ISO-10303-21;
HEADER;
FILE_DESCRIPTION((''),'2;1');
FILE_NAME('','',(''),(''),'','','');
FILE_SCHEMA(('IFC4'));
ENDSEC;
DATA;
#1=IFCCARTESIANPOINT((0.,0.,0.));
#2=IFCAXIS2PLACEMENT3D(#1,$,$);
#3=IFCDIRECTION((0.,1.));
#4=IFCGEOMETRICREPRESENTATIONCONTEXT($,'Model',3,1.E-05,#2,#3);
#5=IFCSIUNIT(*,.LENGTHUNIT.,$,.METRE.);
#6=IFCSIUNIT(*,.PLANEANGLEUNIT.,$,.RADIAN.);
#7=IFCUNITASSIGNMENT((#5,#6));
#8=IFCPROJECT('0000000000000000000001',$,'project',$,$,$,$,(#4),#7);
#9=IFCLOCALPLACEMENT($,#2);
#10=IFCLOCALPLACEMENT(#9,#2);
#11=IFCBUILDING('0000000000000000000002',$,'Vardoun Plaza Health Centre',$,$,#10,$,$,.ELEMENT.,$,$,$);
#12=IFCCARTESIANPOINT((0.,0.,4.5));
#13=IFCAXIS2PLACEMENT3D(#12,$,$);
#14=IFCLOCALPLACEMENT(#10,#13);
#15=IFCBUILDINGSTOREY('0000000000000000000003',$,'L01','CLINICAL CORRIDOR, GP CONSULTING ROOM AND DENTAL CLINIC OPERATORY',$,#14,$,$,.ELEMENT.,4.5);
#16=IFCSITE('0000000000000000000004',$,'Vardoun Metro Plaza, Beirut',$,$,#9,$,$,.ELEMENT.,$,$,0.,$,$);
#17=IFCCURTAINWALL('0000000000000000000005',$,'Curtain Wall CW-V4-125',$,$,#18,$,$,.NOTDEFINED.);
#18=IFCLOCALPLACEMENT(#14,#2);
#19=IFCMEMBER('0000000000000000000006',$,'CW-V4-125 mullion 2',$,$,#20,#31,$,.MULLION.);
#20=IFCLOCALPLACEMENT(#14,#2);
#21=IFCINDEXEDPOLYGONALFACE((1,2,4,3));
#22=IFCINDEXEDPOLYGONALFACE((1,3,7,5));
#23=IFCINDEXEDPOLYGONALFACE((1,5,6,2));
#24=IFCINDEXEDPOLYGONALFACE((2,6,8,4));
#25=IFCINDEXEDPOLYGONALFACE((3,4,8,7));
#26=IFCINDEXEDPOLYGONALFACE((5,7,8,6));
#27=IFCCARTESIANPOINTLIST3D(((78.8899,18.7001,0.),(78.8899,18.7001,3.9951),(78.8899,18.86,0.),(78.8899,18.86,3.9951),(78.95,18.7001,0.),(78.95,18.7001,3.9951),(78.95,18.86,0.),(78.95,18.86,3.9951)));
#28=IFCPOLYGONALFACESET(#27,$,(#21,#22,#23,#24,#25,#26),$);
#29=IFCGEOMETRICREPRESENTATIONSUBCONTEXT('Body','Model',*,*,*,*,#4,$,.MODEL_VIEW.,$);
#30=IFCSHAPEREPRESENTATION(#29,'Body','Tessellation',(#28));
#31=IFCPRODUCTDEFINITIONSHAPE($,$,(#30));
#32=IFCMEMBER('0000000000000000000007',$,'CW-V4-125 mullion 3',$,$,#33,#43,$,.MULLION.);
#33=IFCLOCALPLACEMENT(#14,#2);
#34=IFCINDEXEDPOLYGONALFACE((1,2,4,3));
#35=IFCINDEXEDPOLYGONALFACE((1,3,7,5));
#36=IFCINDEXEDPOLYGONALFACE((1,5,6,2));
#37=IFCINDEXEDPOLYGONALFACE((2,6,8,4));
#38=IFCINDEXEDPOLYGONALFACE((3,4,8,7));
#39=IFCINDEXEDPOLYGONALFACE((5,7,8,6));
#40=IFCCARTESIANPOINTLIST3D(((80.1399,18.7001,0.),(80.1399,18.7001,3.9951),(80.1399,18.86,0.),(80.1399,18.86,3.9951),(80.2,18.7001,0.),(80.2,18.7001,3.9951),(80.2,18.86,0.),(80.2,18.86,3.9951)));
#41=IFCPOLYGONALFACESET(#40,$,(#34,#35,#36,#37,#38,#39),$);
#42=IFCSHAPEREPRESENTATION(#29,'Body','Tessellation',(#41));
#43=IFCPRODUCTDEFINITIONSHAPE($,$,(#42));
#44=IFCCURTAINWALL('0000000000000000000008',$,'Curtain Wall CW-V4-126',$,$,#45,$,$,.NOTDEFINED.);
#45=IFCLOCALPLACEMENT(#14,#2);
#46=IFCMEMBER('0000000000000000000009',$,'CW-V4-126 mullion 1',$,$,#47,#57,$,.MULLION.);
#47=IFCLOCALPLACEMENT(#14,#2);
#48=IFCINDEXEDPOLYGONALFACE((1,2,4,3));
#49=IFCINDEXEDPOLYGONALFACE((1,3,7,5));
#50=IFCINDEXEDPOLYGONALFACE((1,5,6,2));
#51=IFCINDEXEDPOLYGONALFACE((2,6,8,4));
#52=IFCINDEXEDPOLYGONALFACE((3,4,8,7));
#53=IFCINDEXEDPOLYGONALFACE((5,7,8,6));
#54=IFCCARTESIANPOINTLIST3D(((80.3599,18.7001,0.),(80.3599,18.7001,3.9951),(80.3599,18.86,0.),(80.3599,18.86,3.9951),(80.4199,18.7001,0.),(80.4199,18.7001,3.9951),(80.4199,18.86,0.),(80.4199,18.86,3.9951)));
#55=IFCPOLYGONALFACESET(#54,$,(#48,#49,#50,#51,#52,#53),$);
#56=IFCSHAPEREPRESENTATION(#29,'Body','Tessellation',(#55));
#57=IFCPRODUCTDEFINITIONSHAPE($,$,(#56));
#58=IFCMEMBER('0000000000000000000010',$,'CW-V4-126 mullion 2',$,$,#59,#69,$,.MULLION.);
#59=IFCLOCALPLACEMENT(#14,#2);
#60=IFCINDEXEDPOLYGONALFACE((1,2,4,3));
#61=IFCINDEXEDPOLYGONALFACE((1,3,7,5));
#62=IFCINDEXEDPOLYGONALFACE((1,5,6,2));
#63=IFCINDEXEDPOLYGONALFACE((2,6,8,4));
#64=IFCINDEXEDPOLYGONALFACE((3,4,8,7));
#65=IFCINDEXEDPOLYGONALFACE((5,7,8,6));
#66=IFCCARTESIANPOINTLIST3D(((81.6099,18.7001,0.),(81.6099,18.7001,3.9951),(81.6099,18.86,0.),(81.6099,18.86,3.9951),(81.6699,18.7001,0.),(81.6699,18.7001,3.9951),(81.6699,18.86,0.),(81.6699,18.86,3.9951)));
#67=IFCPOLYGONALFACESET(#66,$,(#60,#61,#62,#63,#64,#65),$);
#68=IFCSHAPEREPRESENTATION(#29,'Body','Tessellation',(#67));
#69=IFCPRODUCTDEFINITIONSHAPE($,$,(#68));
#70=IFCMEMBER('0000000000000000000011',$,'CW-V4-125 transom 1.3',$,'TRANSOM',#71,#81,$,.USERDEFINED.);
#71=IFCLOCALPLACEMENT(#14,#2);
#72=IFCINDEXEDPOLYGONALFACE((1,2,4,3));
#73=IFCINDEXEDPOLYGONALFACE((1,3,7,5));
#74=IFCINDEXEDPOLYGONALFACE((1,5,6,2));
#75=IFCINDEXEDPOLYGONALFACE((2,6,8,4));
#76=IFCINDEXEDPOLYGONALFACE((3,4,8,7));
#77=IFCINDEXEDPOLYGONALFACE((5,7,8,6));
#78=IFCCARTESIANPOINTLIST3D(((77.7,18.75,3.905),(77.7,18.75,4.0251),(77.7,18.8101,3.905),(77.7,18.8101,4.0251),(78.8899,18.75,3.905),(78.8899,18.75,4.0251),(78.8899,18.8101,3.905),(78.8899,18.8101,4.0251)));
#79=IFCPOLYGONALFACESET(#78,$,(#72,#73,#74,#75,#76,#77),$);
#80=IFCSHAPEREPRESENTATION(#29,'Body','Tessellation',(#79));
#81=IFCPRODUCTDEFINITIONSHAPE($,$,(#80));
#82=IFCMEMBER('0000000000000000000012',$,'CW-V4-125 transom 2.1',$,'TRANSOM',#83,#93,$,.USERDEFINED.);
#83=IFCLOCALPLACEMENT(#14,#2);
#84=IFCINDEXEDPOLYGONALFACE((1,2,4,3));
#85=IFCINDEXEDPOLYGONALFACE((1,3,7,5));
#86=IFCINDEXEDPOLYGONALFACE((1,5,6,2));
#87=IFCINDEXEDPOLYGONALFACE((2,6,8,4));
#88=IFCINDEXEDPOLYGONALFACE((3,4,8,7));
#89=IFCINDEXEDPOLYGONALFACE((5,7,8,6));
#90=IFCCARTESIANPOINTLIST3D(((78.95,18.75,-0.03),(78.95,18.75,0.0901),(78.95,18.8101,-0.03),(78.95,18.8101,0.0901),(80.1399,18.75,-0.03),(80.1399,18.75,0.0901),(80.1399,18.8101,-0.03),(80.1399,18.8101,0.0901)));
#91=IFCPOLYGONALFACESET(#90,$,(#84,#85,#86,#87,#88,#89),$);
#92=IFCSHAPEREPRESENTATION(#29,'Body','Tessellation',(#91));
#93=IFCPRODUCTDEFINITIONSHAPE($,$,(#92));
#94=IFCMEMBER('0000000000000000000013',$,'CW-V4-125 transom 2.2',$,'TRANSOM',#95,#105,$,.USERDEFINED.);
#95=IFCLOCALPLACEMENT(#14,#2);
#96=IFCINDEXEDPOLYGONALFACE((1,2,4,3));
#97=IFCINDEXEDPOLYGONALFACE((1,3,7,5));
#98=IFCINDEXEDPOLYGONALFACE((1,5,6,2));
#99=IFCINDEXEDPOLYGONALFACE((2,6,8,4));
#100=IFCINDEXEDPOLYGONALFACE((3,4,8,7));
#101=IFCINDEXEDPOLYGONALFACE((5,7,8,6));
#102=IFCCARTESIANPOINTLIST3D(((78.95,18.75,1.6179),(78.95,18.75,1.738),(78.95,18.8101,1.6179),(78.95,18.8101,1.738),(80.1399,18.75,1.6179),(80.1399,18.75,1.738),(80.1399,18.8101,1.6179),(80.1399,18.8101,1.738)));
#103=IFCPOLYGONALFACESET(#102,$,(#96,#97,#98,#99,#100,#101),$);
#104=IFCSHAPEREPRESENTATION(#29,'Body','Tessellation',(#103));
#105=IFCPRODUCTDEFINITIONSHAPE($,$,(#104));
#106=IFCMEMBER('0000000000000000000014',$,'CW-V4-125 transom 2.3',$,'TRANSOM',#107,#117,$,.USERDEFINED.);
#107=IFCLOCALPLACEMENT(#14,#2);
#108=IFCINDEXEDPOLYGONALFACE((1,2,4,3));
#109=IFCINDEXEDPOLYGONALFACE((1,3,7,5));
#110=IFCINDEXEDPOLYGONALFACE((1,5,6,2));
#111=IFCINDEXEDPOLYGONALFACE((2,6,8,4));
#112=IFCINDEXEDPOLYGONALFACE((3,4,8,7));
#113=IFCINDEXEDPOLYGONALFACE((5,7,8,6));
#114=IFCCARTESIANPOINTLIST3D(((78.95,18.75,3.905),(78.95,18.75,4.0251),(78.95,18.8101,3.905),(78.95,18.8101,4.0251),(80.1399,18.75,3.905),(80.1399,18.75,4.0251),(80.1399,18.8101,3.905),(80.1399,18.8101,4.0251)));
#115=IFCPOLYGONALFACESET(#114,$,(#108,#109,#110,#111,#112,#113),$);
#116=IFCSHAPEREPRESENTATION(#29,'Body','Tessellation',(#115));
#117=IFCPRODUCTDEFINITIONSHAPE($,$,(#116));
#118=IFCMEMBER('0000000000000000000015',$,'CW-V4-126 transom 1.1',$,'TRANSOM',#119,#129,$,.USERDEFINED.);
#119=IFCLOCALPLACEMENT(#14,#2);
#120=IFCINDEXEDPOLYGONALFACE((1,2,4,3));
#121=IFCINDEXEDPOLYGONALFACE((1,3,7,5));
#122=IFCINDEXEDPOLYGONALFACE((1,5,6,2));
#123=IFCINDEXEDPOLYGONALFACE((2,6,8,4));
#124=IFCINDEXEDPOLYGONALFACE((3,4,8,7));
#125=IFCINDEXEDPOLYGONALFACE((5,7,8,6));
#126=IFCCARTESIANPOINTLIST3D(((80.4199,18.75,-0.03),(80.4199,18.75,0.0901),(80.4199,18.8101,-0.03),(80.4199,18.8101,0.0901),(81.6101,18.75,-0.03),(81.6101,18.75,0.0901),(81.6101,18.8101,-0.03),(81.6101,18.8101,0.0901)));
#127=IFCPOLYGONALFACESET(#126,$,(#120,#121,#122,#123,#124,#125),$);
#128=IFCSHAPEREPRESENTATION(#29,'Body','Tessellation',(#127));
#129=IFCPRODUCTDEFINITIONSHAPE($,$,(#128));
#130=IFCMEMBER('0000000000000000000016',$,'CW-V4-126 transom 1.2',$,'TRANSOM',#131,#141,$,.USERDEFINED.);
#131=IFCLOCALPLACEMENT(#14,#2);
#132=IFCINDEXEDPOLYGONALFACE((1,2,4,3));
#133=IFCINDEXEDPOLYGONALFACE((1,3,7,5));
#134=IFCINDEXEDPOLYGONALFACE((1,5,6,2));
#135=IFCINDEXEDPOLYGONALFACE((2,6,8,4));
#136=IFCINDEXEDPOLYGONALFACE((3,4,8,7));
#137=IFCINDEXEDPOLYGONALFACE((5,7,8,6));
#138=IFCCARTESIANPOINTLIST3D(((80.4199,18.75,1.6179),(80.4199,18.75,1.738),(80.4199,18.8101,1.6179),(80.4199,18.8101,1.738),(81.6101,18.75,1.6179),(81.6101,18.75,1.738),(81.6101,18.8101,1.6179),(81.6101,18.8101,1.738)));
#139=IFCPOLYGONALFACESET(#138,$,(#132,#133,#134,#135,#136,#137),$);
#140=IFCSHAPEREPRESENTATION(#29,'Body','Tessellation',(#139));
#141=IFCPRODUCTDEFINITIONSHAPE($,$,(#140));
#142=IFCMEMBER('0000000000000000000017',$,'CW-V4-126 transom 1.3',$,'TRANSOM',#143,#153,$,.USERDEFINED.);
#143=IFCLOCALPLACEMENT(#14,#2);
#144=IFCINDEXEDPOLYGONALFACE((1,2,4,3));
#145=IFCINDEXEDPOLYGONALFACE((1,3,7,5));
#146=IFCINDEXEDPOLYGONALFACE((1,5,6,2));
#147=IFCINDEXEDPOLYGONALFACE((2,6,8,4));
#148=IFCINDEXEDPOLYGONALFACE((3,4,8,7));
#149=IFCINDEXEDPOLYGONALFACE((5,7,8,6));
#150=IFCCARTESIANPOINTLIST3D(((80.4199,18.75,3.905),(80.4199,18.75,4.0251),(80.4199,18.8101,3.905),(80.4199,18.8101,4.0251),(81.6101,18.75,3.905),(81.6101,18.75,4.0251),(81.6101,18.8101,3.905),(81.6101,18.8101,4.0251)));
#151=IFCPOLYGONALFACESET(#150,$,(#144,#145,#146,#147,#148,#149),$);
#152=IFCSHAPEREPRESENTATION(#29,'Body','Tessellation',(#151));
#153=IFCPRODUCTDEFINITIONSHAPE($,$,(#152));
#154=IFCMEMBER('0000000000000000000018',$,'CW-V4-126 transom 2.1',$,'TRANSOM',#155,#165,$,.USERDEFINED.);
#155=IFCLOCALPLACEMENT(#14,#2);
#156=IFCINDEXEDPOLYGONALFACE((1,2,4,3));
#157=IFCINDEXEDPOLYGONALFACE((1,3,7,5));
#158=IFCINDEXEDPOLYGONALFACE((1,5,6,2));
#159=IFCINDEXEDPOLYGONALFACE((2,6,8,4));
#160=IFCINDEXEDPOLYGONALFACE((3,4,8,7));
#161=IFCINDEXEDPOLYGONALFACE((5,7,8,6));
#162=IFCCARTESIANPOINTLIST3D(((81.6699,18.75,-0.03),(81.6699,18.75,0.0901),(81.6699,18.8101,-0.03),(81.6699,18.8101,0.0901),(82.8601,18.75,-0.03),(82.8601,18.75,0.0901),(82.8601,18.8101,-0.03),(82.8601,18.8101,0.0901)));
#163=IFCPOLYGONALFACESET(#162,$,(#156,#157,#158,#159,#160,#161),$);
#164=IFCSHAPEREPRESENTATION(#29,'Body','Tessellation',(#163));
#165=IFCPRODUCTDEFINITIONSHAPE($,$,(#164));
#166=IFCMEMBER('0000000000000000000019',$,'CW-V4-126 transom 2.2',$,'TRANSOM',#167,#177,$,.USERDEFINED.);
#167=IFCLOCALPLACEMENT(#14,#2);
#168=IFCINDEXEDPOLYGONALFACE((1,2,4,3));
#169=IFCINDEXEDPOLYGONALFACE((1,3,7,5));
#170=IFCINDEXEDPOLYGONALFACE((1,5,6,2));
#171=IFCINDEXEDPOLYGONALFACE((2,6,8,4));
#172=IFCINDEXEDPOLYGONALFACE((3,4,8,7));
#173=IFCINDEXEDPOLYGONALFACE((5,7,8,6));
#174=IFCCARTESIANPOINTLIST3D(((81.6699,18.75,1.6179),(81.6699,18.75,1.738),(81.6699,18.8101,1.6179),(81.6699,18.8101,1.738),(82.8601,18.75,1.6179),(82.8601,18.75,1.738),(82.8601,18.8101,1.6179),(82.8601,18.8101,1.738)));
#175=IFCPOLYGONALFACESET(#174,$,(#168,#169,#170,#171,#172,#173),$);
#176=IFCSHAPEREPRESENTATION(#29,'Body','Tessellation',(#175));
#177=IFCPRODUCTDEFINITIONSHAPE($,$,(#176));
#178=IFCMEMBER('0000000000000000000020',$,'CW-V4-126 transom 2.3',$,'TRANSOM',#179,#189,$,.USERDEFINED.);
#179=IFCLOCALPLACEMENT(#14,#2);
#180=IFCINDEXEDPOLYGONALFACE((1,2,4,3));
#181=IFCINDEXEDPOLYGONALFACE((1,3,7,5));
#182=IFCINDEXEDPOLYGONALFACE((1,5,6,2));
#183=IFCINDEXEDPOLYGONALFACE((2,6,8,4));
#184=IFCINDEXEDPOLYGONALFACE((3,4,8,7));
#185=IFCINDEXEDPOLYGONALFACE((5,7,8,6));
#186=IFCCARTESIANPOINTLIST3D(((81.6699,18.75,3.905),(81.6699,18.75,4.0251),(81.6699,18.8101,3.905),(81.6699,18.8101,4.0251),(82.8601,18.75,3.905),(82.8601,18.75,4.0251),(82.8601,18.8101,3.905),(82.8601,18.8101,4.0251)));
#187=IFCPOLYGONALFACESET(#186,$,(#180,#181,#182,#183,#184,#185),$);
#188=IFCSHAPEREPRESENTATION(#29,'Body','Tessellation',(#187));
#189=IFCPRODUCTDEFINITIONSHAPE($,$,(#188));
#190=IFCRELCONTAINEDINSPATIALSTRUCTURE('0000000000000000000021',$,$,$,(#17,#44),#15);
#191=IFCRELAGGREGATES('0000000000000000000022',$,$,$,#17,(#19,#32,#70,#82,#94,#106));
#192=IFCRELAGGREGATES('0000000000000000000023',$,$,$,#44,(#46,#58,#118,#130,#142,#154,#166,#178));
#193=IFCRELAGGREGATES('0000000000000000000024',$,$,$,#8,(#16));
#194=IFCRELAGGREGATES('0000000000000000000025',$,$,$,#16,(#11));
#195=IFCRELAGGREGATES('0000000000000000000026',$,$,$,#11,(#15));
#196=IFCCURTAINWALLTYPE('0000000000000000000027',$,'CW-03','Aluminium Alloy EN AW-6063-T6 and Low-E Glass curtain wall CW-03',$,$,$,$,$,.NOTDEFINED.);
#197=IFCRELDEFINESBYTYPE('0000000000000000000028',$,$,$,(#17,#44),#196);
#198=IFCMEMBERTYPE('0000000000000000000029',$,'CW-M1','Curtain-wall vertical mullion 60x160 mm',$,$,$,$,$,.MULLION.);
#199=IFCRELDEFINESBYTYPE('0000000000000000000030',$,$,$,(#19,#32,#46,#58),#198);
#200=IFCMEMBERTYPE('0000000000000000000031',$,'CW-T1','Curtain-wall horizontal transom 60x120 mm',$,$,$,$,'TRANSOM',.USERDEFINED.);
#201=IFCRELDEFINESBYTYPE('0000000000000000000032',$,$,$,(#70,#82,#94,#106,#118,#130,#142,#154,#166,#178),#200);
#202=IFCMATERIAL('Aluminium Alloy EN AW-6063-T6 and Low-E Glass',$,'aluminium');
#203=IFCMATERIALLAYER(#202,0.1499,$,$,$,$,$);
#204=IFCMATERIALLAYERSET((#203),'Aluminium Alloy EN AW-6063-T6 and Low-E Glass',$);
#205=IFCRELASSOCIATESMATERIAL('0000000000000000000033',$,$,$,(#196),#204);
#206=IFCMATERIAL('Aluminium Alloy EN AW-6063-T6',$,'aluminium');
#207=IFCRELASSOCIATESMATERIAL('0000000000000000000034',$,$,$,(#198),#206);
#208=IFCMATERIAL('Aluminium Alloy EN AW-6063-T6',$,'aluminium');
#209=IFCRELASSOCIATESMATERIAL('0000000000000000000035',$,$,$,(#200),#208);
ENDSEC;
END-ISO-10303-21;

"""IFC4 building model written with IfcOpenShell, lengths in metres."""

from ifc_helpers import new_model, si_unit, direction, frame, origin, origin_2d, place, context, subcontext, project, spatial, rectangle, extrude, material, layer, layer_set, material_profile, profile_set, type_object, element, aggregate, save


model = new_model("IFC4")

# Units and contexts
model_context = context("Model", 3, precision=1e-05, world=origin(), true_north=direction((0.0, 1.0)))
body_context = subcontext(model_context, "Body", "Model", "MODEL_VIEW")
ifc_project = project(units=[si_unit("LENGTHUNIT", "METRE"), si_unit("PLANEANGLEUNIT", "RADIAN")], contexts=[model_context])

# Site, building, storey
site_placement = place(None, origin())
site = spatial("IfcSite", under=ifc_project, at=site_placement, Name="Vardoun Metro Plaza, Beirut", CompositionType="ELEMENT", RefElevation=0.0)
building_placement = place(site_placement, origin())
building = spatial("IfcBuilding", under=site, at=building_placement, Name="Vardoun Plaza Health Centre", CompositionType="ELEMENT")
storey_placement = place(building_placement, frame((0.0, 0.0, 4.5)))
storey = spatial("IfcBuildingStorey", under=building, at=storey_placement, Name="L01", Description="CLINICAL CORRIDOR, GP CONSULTING ROOM AND DENTAL CLINIC OPERATORY", CompositionType="ELEMENT", Elevation=4.5)

# Curtain walls, members
ifc_material_1 = material(Name="Aluminium Alloy EN AW-6063-T6 and Low-E Glass", Category="aluminium")
ifc_layer_1 = layer(ifc_material_1, 0.1499)
ifc_layer_set_1 = layer_set([ifc_layer_1], Name="Aluminium Alloy EN AW-6063-T6 and Low-E Glass")
curtain_wall_type = type_object("IfcCurtainWallType", Name="CW-03", Description="Aluminium Alloy EN AW-6063-T6 and Low-E Glass curtain wall CW-03", PredefinedType="NOTDEFINED", material=ifc_layer_set_1)
curtain_wall_1_placement = place(storey_placement, origin())
curtain_wall_1 = element("IfcCurtainWall", 1, at=curtain_wall_1_placement, inside=storey, type_object=curtain_wall_type, Name="Curtain Wall CW-V4-125", PredefinedType="NOTDEFINED")
ifc_material_2 = material(Name="Aluminium Alloy EN AW-6063-T6", Category="aluminium")
ifc_material_profile_1 = material_profile(ifc_material_2, rectangle(XDim=0.1599, YDim=0.0601, at=origin_2d()), Name="CWM 60x160")
ifc_profile_set_1 = profile_set([ifc_material_profile_1], Name="Aluminium Alloy EN AW-6063-T6")
member_type_1 = type_object("IfcMemberType", Name="CW-M1", Description="Curtain-wall vertical mullion 60x160 mm", PredefinedType="MULLION", material=ifc_profile_set_1)
member_1_placement = place(storey_placement, frame((78.9199, 18.78, 0.0), z_axis=(0.0, 0.0, 1.0), x_axis=(0.0, 1.0, 0.0)))
member_1 = element("IfcMember", 2, at=member_1_placement, type_object=member_type_1, Name="CW-V4-125 mullion 2", PredefinedType="MULLION", context=body_context, shape_type="SweptSolid", body=[
    extrude(rectangle(XDim=0.1599, YDim=0.0601, at=origin_2d()), origin(), (0.0, 0.0, 1.0), 3.9951),
])
member_2_placement = place(storey_placement, frame((80.1699, 18.78, 0.0), z_axis=(0.0, 0.0, 1.0), x_axis=(0.0, 1.0, 0.0)))
member_2 = element("IfcMember", 3, at=member_2_placement, type_object=member_type_1, Name="CW-V4-125 mullion 3", PredefinedType="MULLION", context=body_context, shape_type="SweptSolid", body=[
    extrude(rectangle(XDim=0.1599, YDim=0.0601, at=origin_2d()), origin(), (0.0, 0.0, 1.0), 3.9951),
])
curtain_wall_2_placement = place(storey_placement, origin())
curtain_wall_2 = element("IfcCurtainWall", 4, at=curtain_wall_2_placement, inside=storey, type_object=curtain_wall_type, Name="Curtain Wall CW-V4-126", PredefinedType="NOTDEFINED")
member_3_placement = place(storey_placement, frame((80.3899, 18.78, 0.0), z_axis=(0.0, 0.0, 1.0), x_axis=(0.0, 1.0, 0.0)))
member_3 = element("IfcMember", 5, at=member_3_placement, type_object=member_type_1, Name="CW-V4-126 mullion 1", PredefinedType="MULLION", context=body_context, shape_type="SweptSolid", body=[
    extrude(rectangle(XDim=0.1599, YDim=0.0601, at=origin_2d()), origin(), (0.0, 0.0, 1.0), 3.9951),
])
member_4_placement = place(storey_placement, frame((81.6399, 18.78, 0.0), z_axis=(0.0, 0.0, 1.0), x_axis=(0.0, 1.0, 0.0)))
member_4 = element("IfcMember", 6, at=member_4_placement, type_object=member_type_1, Name="CW-V4-126 mullion 2", PredefinedType="MULLION", context=body_context, shape_type="SweptSolid", body=[
    extrude(rectangle(XDim=0.1599, YDim=0.0601, at=origin_2d()), origin(), (0.0, 0.0, 1.0), 3.9951),
])

# Members
ifc_material_3 = material(Name="Aluminium Alloy EN AW-6063-T6", Category="aluminium")
ifc_material_profile_2 = material_profile(ifc_material_3, rectangle(XDim=0.0601, YDim=0.1201, at=origin_2d()), Name="CWT 60x120")
ifc_profile_set_2 = profile_set([ifc_material_profile_2], Name="Aluminium Alloy EN AW-6063-T6")
member_type_2 = type_object("IfcMemberType", Name="CW-T1", Description="Curtain-wall horizontal transom 60x120 mm", ElementType="TRANSOM", PredefinedType="USERDEFINED", material=ifc_profile_set_2)
member_5_placement = place(storey_placement, frame((77.7, 18.78, 3.9651), z_axis=(1.0, 0.0, 0.0), x_axis=(0.0, 1.0, 0.0)))
member_5 = element("IfcMember", 7, at=member_5_placement, type_object=member_type_2, Name="CW-V4-125 transom 1.3", ObjectType="TRANSOM", PredefinedType="USERDEFINED", context=body_context, shape_type="SweptSolid", body=[
    extrude(rectangle(XDim=0.0601, YDim=0.1201, at=origin_2d()), origin(), (0.0, 0.0, 1.0), 1.1899),
])
member_6_placement = place(storey_placement, frame((78.95, 18.78, 0.03), z_axis=(1.0, 0.0, 0.0), x_axis=(0.0, 1.0, 0.0)))
member_6 = element("IfcMember", 8, at=member_6_placement, type_object=member_type_2, Name="CW-V4-125 transom 2.1", ObjectType="TRANSOM", PredefinedType="USERDEFINED", context=body_context, shape_type="SweptSolid", body=[
    extrude(rectangle(XDim=0.0601, YDim=0.1201, at=origin_2d()), origin(), (0.0, 0.0, 1.0), 1.1899),
])
member_7_placement = place(storey_placement, frame((78.95, 18.78, 1.678), z_axis=(1.0, 0.0, 0.0), x_axis=(0.0, 1.0, 0.0)))
member_7 = element("IfcMember", 9, at=member_7_placement, type_object=member_type_2, Name="CW-V4-125 transom 2.2", ObjectType="TRANSOM", PredefinedType="USERDEFINED", context=body_context, shape_type="SweptSolid", body=[
    extrude(rectangle(XDim=0.0601, YDim=0.1201, at=origin_2d()), origin(), (0.0, 0.0, 1.0), 1.1899),
])
member_8_placement = place(storey_placement, frame((78.95, 18.78, 3.9651), z_axis=(1.0, 0.0, 0.0), x_axis=(0.0, 1.0, 0.0)))
member_8 = element("IfcMember", 10, at=member_8_placement, type_object=member_type_2, Name="CW-V4-125 transom 2.3", ObjectType="TRANSOM", PredefinedType="USERDEFINED", context=body_context, shape_type="SweptSolid", body=[
    extrude(rectangle(XDim=0.0601, YDim=0.1201, at=origin_2d()), origin(), (0.0, 0.0, 1.0), 1.1899),
])
member_9_placement = place(storey_placement, frame((80.4199, 18.78, 0.03), z_axis=(1.0, 0.0, 0.0), x_axis=(0.0, 1.0, 0.0)))
member_9 = element("IfcMember", 11, at=member_9_placement, type_object=member_type_2, Name="CW-V4-126 transom 1.1", ObjectType="TRANSOM", PredefinedType="USERDEFINED", context=body_context, shape_type="SweptSolid", body=[
    extrude(rectangle(XDim=0.0601, YDim=0.1201, at=origin_2d()), origin(), (0.0, 0.0, 1.0), 1.1902),
])
member_10_placement = place(storey_placement, frame((80.4199, 18.78, 1.678), z_axis=(1.0, 0.0, 0.0), x_axis=(0.0, 1.0, 0.0)))
member_10 = element("IfcMember", 12, at=member_10_placement, type_object=member_type_2, Name="CW-V4-126 transom 1.2", ObjectType="TRANSOM", PredefinedType="USERDEFINED", context=body_context, shape_type="SweptSolid", body=[
    extrude(rectangle(XDim=0.0601, YDim=0.1201, at=origin_2d()), origin(), (0.0, 0.0, 1.0), 1.1902),
])
member_11_placement = place(storey_placement, frame((80.4199, 18.78, 3.9651), z_axis=(1.0, 0.0, 0.0), x_axis=(0.0, 1.0, 0.0)))
member_11 = element("IfcMember", 13, at=member_11_placement, type_object=member_type_2, Name="CW-V4-126 transom 1.3", ObjectType="TRANSOM", PredefinedType="USERDEFINED", context=body_context, shape_type="SweptSolid", body=[
    extrude(rectangle(XDim=0.0601, YDim=0.1201, at=origin_2d()), origin(), (0.0, 0.0, 1.0), 1.1902),
])
member_12_placement = place(storey_placement, frame((81.6699, 18.78, 0.03), z_axis=(1.0, 0.0, 0.0), x_axis=(0.0, 1.0, 0.0)))
member_12 = element("IfcMember", 14, at=member_12_placement, type_object=member_type_2, Name="CW-V4-126 transom 2.1", ObjectType="TRANSOM", PredefinedType="USERDEFINED", context=body_context, shape_type="SweptSolid", body=[
    extrude(rectangle(XDim=0.0601, YDim=0.1201, at=origin_2d()), origin(), (0.0, 0.0, 1.0), 1.1902),
])
member_13_placement = place(storey_placement, frame((81.6699, 18.78, 1.678), z_axis=(1.0, 0.0, 0.0), x_axis=(0.0, 1.0, 0.0)))
member_13 = element("IfcMember", 15, at=member_13_placement, type_object=member_type_2, Name="CW-V4-126 transom 2.2", ObjectType="TRANSOM", PredefinedType="USERDEFINED", context=body_context, shape_type="SweptSolid", body=[
    extrude(rectangle(XDim=0.0601, YDim=0.1201, at=origin_2d()), origin(), (0.0, 0.0, 1.0), 1.1902),
])
member_14_placement = place(storey_placement, frame((81.6699, 18.78, 3.9651), z_axis=(1.0, 0.0, 0.0), x_axis=(0.0, 1.0, 0.0)))
member_14 = element("IfcMember", 16, at=member_14_placement, type_object=member_type_2, Name="CW-V4-126 transom 2.3", ObjectType="TRANSOM", PredefinedType="USERDEFINED", context=body_context, shape_type="SweptSolid", body=[
    extrude(rectangle(XDim=0.0601, YDim=0.1201, at=origin_2d()), origin(), (0.0, 0.0, 1.0), 1.1902),
])

aggregate(curtain_wall_1, [member_1, member_2, member_5, member_6, member_7, member_8])
aggregate(curtain_wall_2, [member_3, member_4, member_9, member_10, member_11, member_12, member_13, member_14])

save(model, "model.ifc")
